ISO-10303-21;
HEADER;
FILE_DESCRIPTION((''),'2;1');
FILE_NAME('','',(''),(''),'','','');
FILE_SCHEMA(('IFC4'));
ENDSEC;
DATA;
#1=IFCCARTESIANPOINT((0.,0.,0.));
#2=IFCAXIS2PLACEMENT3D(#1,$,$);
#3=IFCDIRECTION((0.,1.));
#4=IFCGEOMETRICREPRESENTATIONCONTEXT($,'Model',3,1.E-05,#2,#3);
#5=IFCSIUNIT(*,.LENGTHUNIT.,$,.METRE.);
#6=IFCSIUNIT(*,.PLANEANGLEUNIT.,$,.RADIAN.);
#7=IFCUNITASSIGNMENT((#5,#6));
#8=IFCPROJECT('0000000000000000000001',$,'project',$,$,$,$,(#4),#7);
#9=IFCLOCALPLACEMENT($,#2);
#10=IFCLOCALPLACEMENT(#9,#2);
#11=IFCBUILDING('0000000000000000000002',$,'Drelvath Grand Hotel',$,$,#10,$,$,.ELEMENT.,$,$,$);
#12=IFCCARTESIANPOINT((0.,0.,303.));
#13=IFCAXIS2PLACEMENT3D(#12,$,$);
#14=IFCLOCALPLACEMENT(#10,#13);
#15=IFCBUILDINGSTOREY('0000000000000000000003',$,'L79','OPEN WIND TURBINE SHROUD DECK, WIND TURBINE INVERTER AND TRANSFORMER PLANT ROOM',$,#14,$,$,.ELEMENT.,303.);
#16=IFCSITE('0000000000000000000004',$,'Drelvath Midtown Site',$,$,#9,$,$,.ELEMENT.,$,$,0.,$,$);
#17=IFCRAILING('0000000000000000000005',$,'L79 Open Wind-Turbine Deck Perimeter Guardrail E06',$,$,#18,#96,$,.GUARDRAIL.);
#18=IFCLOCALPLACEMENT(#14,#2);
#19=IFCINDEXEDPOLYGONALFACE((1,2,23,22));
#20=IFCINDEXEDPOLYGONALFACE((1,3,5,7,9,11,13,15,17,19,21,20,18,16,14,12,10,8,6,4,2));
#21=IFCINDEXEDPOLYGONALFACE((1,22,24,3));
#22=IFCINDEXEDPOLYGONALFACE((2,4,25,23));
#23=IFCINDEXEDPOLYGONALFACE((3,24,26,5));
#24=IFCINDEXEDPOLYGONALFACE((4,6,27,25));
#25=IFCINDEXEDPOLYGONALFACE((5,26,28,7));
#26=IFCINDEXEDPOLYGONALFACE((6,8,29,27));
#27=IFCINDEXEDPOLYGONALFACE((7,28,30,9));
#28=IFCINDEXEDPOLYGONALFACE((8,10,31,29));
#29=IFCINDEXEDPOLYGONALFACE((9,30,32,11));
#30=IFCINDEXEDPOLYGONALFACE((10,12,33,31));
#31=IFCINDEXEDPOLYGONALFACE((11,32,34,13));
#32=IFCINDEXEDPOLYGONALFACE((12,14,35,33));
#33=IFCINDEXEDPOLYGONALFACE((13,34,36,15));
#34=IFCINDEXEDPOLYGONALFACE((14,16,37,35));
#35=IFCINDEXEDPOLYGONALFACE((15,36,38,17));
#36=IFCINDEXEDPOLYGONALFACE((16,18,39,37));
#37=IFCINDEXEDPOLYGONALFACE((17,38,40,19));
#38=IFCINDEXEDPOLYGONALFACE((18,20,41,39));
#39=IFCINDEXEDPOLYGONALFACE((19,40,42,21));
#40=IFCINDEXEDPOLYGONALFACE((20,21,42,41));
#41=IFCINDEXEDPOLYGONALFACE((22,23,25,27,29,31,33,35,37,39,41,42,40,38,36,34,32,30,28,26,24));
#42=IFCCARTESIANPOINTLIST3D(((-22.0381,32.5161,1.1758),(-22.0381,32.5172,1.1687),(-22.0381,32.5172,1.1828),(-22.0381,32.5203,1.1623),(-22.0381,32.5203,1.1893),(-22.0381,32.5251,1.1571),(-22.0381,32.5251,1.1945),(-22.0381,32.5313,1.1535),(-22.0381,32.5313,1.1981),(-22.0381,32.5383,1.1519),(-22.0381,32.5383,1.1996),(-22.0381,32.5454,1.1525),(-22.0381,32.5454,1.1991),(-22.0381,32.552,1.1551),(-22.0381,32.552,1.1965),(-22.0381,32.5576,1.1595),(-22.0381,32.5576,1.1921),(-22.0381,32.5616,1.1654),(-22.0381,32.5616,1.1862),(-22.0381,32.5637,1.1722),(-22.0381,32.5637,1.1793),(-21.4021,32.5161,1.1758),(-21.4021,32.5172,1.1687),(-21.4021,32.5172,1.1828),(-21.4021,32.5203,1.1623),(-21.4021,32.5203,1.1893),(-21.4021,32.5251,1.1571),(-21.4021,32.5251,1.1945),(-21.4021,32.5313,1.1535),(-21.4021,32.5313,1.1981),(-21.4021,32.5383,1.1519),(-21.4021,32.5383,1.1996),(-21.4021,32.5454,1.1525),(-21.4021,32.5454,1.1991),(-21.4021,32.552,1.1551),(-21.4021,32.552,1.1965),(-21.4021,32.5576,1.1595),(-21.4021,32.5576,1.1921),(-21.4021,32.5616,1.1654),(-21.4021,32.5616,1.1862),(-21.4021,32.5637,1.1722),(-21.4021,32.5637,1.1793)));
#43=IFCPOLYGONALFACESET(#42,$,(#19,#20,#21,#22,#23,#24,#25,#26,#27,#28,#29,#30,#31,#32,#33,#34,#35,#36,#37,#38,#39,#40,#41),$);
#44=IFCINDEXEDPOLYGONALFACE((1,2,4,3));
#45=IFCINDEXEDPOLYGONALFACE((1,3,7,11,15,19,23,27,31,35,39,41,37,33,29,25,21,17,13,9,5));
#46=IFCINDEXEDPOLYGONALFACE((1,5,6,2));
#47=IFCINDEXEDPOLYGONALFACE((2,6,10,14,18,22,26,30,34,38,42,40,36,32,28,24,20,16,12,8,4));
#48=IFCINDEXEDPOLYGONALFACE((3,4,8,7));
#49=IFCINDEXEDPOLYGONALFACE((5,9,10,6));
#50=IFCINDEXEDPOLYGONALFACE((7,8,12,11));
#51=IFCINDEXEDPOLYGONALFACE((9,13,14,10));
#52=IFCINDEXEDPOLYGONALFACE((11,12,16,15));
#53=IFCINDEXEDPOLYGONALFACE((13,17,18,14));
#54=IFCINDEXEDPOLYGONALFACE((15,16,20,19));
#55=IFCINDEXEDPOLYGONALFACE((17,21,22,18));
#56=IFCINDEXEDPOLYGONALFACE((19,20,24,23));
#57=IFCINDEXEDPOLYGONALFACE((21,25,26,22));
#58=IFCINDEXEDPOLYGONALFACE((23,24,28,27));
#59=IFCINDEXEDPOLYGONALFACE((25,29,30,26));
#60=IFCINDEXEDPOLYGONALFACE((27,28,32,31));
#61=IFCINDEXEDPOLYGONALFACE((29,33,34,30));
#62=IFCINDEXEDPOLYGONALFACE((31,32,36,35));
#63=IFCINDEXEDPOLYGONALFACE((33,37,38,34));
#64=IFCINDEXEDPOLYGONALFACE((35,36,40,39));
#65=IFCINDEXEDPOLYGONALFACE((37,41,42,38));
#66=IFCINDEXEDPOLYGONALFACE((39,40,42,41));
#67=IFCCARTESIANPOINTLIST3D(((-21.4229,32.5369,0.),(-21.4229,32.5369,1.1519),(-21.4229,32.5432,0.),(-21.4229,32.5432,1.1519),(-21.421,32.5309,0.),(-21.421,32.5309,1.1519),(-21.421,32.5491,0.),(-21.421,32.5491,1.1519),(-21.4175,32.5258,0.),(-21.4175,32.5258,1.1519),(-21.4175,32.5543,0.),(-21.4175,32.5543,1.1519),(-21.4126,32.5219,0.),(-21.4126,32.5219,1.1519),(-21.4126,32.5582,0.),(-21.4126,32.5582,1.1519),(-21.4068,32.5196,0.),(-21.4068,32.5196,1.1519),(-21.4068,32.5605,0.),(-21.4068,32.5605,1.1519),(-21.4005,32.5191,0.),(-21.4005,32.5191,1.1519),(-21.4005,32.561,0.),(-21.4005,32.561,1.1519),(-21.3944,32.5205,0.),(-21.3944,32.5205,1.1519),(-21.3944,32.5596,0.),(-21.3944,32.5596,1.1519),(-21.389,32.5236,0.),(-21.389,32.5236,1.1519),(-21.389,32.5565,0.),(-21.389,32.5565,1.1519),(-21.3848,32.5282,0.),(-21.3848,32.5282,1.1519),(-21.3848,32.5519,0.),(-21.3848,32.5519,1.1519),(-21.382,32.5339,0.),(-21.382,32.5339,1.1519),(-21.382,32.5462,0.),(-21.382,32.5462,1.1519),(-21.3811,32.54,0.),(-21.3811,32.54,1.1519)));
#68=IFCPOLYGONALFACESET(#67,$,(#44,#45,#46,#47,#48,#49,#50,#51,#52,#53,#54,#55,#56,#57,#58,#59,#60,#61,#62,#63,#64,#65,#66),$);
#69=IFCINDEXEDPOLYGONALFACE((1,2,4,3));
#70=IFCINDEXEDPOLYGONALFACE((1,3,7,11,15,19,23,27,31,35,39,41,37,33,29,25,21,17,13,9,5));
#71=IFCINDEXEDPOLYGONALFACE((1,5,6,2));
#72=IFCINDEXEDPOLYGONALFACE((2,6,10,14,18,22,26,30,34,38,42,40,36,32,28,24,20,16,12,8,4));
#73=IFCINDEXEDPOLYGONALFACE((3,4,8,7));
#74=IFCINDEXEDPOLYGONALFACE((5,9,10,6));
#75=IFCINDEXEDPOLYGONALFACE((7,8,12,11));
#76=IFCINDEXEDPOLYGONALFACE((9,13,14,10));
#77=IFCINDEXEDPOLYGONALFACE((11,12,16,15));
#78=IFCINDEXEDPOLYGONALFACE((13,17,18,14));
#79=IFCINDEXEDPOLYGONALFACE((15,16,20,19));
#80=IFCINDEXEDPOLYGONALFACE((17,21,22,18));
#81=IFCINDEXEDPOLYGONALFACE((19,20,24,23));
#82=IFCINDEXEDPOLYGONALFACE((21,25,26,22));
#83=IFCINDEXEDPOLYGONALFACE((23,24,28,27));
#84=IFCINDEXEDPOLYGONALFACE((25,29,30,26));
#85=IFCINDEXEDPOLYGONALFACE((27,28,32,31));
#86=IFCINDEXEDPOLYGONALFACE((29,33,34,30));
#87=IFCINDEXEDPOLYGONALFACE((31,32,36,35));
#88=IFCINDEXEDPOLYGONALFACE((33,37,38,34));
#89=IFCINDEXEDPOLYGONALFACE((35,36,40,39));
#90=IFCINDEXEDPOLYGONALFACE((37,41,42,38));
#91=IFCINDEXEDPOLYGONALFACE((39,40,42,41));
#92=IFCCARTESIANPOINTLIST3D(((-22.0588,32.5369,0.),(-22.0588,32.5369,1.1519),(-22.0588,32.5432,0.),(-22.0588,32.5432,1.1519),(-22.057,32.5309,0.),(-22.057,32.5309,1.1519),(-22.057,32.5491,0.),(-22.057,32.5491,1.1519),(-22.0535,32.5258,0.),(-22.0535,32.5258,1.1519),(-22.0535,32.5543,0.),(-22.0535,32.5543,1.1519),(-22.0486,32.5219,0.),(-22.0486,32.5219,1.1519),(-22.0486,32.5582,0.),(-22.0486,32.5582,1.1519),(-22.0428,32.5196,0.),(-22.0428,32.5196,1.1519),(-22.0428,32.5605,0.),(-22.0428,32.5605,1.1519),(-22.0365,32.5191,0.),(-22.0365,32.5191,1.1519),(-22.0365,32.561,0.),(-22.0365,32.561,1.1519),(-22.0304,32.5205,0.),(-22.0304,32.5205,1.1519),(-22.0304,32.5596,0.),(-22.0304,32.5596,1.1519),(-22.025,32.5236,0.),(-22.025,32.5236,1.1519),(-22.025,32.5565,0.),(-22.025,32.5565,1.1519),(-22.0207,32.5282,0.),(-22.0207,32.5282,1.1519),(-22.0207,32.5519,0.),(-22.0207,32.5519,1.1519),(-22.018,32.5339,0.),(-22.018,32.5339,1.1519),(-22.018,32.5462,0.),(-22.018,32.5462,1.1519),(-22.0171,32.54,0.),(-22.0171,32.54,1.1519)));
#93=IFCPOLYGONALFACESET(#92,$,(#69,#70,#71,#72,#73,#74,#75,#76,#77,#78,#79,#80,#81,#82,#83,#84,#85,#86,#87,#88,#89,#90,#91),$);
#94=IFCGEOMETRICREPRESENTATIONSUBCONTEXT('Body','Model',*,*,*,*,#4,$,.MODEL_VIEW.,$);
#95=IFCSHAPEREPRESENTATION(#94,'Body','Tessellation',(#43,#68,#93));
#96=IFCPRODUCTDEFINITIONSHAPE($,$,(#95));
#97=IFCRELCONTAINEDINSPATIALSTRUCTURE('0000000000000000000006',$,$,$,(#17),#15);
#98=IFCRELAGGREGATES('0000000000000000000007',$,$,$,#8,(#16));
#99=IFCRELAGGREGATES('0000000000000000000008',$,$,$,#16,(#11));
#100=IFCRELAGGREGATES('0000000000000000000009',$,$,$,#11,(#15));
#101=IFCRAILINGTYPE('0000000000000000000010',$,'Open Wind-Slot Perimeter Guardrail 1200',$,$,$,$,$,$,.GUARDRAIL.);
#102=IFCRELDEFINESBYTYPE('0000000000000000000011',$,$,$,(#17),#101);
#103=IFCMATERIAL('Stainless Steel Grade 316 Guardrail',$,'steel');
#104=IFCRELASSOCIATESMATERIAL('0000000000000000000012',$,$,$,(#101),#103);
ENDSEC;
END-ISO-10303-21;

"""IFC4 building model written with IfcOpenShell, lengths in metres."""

from ifc_helpers import new_model, si_unit, direction, frame, origin, origin_2d, place, context, subcontext, project, spatial, circle, extrude, material, type_object, element, save


model = new_model("IFC4")

# Units and contexts
model_context = context("Model", 3, precision=1e-05, world=origin(), true_north=direction((0.0, 1.0)))
body_context = subcontext(model_context, "Body", "Model", "MODEL_VIEW")
ifc_project = project(units=[si_unit("LENGTHUNIT", "METRE"), si_unit("PLANEANGLEUNIT", "RADIAN")], contexts=[model_context])

# Site, building, storey
site_placement = place(None, origin())
site = spatial("IfcSite", under=ifc_project, at=site_placement, Name="Drelvath Midtown Site", CompositionType="ELEMENT", RefElevation=0.0)
building_placement = place(site_placement, origin())
building = spatial("IfcBuilding", under=site, at=building_placement, Name="Drelvath Grand Hotel", CompositionType="ELEMENT")
storey_placement = place(building_placement, frame((0.0, 0.0, 303.0)))
storey = spatial("IfcBuildingStorey", under=building, at=storey_placement, Name="L79", Description="OPEN WIND TURBINE SHROUD DECK, WIND TURBINE INVERTER AND TRANSFORMER PLANT ROOM", CompositionType="ELEMENT", Elevation=303.0)

# Railing
ifc_material_1 = material(Name="Stainless Steel Grade 316 Guardrail", Category="steel")
railing_type = type_object("IfcRailingType", Name="Open Wind-Slot Perimeter Guardrail 1200", PredefinedType="GUARDRAIL", material=ifc_material_1)
railing_1_placement = place(storey_placement, frame((-21.4021, 32.54, 0.0)))
element("IfcRailing", 1, at=railing_1_placement, inside=storey, type_object=railing_type, Name="L79 Open Wind-Turbine Deck Perimeter Guardrail E06", PredefinedType="GUARDRAIL", context=body_context, shape_type="SweptSolid", body=[
    extrude(circle(Radius=0.0239, at=origin_2d()), frame((0.0, 0.0, 1.1758), z_axis=(-1.0, 0.0, 0.0), x_axis=(0.0, -1.0, 0.0)), (0.0, 0.0, 1.0), 0.636),
    extrude(circle(Radius=0.021, at=origin_2d()), origin(), (0.0, 0.0, 1.0), 1.1519),
    extrude(circle(Radius=0.021, at=origin_2d()), frame((-0.636, 0.0, 0.0)), (0.0, 0.0, 1.0), 1.1519),
])

save(model, "model.ifc")
